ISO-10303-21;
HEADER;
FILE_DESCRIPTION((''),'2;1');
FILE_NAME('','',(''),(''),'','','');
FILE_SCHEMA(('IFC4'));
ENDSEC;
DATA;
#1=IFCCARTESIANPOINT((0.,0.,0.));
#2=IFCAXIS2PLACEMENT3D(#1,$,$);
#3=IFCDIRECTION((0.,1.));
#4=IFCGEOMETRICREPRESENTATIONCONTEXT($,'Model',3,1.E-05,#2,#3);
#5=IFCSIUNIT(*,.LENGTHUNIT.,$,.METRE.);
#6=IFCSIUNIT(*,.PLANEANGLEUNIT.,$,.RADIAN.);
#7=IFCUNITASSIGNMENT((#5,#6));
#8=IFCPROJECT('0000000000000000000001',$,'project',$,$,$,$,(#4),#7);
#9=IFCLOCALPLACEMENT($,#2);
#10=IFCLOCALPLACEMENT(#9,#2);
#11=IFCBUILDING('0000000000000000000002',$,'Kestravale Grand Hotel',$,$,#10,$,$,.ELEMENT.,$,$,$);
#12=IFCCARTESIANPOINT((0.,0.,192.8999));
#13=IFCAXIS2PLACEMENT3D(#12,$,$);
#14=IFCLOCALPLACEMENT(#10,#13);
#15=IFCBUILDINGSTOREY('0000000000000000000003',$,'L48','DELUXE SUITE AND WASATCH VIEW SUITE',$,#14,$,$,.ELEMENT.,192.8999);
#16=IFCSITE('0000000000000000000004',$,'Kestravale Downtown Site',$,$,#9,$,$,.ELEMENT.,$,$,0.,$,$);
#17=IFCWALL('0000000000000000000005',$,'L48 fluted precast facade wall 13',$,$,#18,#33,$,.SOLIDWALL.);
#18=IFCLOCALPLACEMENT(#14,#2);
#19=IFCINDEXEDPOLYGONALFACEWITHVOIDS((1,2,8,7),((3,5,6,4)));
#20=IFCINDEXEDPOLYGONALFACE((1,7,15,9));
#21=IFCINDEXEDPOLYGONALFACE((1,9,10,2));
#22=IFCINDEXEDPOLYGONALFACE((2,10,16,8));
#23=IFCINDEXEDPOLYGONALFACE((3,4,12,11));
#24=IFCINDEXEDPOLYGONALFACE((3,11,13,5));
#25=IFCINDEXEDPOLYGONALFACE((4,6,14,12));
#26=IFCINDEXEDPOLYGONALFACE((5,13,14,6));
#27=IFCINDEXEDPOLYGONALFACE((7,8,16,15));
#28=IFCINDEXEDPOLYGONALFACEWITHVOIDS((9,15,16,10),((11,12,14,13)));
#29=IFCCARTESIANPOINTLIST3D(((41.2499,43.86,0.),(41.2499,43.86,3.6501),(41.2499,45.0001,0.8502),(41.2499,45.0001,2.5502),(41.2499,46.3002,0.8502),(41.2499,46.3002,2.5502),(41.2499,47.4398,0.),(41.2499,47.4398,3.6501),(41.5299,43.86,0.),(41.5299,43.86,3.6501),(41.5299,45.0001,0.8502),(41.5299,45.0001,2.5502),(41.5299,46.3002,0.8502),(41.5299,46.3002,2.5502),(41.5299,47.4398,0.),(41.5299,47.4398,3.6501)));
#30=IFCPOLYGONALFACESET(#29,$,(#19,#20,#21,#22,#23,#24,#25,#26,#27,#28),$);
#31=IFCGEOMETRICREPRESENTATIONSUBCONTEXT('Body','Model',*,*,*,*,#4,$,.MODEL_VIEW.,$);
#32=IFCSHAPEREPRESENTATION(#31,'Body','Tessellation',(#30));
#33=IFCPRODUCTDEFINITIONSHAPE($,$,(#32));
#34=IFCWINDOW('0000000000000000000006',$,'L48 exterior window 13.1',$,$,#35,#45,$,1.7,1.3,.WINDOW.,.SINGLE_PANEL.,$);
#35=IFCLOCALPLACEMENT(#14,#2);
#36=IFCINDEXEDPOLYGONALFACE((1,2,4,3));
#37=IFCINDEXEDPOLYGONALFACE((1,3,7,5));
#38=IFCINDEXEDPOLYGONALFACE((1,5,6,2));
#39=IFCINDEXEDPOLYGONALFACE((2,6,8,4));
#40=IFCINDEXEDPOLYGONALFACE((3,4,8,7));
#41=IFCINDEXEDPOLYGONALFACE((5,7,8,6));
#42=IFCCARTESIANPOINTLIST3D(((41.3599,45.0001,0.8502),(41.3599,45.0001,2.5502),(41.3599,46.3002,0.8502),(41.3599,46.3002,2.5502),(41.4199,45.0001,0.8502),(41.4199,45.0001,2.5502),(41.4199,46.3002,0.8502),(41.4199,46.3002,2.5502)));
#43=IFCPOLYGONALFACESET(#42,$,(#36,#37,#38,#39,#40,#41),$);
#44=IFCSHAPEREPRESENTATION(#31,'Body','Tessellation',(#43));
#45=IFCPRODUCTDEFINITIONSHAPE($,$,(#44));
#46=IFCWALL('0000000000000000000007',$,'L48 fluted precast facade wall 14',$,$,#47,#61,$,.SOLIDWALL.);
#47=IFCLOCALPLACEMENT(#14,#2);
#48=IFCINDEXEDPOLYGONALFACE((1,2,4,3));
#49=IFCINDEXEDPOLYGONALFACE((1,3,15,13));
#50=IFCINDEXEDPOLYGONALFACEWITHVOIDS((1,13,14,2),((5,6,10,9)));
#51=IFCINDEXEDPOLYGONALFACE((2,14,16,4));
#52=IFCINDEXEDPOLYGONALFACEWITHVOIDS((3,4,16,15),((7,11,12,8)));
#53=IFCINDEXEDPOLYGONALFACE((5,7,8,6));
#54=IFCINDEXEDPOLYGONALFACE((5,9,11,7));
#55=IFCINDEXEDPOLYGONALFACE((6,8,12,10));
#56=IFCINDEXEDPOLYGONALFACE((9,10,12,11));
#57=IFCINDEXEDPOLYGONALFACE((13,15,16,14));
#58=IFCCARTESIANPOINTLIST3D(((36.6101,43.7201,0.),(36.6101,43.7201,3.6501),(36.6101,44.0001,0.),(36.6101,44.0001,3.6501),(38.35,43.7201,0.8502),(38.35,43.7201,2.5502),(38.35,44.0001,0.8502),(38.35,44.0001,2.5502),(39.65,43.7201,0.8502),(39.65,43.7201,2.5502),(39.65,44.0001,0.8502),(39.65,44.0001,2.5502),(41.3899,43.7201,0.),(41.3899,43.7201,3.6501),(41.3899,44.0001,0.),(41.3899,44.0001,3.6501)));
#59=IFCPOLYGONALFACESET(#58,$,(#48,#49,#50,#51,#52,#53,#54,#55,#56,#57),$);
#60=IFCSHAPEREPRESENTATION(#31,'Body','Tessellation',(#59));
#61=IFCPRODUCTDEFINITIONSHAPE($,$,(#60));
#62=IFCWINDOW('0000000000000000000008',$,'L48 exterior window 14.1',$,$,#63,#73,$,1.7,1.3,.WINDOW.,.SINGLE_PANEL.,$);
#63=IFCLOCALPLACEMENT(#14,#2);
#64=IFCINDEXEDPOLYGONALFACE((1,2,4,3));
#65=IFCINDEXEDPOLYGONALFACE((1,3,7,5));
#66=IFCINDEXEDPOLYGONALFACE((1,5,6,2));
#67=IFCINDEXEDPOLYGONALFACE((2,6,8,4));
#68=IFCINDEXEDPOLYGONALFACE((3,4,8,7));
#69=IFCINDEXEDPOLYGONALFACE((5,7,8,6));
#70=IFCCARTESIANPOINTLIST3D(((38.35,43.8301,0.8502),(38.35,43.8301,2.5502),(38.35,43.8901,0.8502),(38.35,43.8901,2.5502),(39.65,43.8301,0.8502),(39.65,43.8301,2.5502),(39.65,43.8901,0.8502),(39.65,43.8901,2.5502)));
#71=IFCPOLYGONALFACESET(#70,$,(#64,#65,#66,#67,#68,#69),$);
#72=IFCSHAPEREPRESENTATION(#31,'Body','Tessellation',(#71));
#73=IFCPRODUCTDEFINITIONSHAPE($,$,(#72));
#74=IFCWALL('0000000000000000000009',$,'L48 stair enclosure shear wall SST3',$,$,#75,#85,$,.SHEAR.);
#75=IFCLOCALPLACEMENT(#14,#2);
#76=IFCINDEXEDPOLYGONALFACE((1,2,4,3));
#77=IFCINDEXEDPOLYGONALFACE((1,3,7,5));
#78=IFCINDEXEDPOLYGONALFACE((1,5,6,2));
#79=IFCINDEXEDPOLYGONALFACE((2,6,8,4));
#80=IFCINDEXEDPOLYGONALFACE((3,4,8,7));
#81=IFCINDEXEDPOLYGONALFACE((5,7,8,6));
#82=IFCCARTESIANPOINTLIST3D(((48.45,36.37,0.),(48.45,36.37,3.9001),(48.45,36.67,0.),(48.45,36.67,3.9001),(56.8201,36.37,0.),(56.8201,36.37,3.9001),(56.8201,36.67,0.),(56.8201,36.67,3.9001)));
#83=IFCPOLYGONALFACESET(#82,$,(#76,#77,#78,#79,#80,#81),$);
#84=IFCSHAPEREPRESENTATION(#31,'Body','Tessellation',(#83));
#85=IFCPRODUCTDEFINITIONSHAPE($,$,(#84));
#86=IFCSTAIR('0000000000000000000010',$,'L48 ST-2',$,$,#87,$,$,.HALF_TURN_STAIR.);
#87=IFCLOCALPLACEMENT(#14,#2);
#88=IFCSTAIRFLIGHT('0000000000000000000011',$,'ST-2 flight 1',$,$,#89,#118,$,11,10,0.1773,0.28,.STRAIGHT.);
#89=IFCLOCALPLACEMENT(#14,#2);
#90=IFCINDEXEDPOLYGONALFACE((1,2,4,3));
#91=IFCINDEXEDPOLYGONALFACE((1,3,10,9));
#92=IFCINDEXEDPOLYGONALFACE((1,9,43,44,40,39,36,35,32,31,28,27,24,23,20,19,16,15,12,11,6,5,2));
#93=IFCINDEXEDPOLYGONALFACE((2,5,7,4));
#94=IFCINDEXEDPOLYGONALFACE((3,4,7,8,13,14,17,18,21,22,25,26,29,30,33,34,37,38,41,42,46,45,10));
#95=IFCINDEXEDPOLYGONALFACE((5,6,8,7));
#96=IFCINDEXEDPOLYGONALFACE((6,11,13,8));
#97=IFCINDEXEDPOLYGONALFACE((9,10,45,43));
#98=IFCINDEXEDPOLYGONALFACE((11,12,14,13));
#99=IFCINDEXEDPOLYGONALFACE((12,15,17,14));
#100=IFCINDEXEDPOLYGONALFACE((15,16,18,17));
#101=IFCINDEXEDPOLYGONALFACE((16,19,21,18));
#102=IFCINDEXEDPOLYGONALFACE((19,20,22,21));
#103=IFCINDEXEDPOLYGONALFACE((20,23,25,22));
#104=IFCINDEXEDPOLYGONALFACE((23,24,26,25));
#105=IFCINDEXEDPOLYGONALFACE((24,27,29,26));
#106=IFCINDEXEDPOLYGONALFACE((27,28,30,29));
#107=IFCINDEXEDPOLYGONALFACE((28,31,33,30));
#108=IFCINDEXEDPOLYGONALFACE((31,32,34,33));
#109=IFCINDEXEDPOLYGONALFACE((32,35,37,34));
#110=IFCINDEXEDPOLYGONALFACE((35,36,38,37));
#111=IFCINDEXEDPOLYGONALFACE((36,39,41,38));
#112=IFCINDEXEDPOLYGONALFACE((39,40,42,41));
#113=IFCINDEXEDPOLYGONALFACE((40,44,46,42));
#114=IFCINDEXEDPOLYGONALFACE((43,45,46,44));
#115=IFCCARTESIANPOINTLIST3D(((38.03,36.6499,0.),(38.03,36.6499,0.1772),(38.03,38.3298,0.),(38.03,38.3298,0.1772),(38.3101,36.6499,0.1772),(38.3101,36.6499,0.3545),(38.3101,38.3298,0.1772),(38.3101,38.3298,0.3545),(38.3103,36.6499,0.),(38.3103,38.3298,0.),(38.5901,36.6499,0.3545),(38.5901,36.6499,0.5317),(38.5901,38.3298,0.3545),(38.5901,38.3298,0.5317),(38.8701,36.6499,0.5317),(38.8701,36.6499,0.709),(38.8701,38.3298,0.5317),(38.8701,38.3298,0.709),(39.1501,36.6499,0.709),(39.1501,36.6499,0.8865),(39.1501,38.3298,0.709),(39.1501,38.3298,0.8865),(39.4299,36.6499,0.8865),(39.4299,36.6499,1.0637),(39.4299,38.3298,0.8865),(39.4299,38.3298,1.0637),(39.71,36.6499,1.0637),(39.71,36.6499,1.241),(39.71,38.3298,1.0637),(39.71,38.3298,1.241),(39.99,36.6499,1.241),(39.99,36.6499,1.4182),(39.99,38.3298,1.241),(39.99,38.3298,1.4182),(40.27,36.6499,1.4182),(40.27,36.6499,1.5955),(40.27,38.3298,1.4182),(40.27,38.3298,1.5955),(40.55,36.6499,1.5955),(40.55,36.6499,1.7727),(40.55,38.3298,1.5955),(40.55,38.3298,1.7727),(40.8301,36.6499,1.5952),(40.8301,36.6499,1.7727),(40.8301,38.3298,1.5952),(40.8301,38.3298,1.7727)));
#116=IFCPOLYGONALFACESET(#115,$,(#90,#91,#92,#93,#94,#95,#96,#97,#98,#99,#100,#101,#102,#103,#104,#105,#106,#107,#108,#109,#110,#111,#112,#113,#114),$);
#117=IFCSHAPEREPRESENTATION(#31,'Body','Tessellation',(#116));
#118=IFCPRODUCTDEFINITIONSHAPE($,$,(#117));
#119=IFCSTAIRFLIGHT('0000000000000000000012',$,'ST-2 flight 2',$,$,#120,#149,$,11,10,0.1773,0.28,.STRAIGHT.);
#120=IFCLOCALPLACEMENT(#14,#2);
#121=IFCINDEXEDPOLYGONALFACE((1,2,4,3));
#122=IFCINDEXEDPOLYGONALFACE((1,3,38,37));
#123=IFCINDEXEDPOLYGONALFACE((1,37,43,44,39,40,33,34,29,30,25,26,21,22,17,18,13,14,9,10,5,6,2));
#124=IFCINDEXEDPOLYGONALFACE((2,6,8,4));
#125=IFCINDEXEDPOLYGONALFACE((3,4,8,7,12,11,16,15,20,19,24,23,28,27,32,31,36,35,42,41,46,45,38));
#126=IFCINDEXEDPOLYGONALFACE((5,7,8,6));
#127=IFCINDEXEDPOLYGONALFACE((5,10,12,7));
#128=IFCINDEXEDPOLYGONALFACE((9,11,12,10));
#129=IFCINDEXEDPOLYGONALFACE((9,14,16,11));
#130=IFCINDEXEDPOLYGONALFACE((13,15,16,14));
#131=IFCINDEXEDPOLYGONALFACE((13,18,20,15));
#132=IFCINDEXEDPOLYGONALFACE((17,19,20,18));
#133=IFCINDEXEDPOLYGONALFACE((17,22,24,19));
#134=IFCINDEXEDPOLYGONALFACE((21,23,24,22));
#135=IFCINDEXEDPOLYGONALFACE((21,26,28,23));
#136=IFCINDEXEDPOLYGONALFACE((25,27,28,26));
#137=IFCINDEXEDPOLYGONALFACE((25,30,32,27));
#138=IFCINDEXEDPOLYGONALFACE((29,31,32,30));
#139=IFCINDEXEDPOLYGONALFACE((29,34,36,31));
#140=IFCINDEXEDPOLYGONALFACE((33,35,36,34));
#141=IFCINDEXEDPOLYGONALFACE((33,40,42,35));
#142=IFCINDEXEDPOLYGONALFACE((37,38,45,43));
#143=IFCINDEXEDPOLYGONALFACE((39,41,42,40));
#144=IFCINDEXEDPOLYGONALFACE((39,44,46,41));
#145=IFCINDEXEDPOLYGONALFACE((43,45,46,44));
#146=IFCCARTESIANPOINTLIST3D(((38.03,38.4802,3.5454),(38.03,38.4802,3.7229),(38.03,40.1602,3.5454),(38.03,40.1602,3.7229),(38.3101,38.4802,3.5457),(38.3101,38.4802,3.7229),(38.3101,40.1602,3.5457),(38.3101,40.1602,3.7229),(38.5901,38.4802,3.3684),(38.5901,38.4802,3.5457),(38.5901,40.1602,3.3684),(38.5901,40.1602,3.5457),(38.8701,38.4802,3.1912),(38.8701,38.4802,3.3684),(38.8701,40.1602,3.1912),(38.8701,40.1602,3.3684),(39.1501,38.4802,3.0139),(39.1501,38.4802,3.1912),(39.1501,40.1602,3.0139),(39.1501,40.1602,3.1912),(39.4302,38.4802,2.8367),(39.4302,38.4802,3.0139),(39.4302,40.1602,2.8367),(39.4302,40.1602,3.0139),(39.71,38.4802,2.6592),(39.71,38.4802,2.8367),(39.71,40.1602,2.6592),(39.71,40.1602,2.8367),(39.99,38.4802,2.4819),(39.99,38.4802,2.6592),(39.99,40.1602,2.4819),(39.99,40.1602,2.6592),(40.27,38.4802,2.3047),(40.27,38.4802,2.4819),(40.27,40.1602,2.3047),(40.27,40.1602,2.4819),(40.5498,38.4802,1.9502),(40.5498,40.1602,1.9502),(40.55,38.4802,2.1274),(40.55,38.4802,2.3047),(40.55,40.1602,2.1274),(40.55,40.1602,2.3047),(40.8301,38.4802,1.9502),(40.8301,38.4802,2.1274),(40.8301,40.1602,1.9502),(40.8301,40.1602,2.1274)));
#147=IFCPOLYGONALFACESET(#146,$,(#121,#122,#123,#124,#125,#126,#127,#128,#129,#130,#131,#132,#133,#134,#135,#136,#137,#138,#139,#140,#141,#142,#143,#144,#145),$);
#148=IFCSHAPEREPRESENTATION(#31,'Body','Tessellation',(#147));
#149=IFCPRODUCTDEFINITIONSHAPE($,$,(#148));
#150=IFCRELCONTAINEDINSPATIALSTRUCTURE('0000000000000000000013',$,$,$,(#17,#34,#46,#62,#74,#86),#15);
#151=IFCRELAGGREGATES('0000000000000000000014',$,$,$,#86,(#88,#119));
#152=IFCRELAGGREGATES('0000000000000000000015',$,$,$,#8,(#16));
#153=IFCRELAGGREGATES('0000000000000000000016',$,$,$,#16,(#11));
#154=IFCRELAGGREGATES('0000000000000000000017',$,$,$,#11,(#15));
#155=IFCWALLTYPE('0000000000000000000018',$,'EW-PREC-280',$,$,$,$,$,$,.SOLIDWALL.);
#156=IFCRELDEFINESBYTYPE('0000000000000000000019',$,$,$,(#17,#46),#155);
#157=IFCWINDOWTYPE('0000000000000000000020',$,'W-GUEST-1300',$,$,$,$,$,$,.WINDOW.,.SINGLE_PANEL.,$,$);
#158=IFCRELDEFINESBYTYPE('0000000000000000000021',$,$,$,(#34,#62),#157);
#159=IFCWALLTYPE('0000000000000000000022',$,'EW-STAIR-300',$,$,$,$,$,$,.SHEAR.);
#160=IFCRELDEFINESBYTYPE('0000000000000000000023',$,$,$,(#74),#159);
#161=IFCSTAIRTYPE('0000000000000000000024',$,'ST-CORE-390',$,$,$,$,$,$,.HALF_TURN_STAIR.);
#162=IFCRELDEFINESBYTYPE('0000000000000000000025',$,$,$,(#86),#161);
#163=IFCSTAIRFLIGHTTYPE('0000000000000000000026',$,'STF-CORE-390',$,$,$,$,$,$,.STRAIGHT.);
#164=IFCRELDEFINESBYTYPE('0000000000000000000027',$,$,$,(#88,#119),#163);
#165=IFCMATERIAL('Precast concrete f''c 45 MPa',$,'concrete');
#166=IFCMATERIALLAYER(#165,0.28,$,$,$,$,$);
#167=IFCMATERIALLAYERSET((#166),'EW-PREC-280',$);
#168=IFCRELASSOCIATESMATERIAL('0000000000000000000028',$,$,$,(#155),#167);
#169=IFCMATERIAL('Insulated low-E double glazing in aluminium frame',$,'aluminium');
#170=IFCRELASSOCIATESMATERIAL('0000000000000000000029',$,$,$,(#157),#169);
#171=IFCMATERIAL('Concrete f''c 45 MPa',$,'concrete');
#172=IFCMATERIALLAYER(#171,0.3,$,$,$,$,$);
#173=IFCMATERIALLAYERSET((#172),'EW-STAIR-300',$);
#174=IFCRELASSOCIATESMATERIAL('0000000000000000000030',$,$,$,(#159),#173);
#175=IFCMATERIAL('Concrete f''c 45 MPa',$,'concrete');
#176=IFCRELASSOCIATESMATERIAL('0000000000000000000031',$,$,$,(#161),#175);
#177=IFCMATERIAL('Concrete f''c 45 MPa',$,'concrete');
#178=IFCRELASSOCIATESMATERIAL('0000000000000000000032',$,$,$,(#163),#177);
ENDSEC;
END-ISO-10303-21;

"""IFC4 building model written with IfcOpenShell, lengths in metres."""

from ifc_helpers import new_model, si_unit, direction, frame, frame_2d, origin, place, context, subcontext, project, spatial, polyline, rectangle, outline, extrude, material, layer, layer_set, type_object, element, fill, aggregate, save


model = new_model("IFC4")

# Units and contexts
model_context = context("Model", 3, precision=1e-05, world=origin(), true_north=direction((0.0, 1.0)))
body_context = subcontext(model_context, "Body", "Model", "MODEL_VIEW")
ifc_project = project(units=[si_unit("LENGTHUNIT", "METRE"), si_unit("PLANEANGLEUNIT", "RADIAN")], contexts=[model_context])

# Site, building, storey
site_placement = place(None, origin())
site = spatial("IfcSite", under=ifc_project, at=site_placement, Name="Kestravale Downtown Site", CompositionType="ELEMENT", RefElevation=0.0)
building_placement = place(site_placement, origin())
building = spatial("IfcBuilding", under=site, at=building_placement, Name="Kestravale Grand Hotel", CompositionType="ELEMENT")
storey_placement = place(building_placement, frame((0.0, 0.0, 192.8999)))
storey = spatial("IfcBuildingStorey", under=building, at=storey_placement, Name="L48", Description="DELUXE SUITE AND WASATCH VIEW SUITE", CompositionType="ELEMENT", Elevation=192.8999)

# Shared definitions
ifc_material_1 = material(Name="Precast concrete f'c 45 MPa", Category="concrete")
ifc_layer_1 = layer(ifc_material_1, 0.28)
ifc_layer_set_1 = layer_set([ifc_layer_1], Name="EW-PREC-280")
wall_type_1 = type_object("IfcWallType", Name="EW-PREC-280", PredefinedType="SOLIDWALL", material=ifc_layer_set_1)

# Walls, openings, windows
wall_1_placement = place(storey_placement, frame((41.3899, 47.4399, 0.0), z_axis=(0.0, 0.0, 1.0), x_axis=(0.0, -1.0, 0.0)))
wall_1 = element("IfcWall", 1, at=wall_1_placement, inside=storey, type_object=wall_type_1, Name="L48 fluted precast facade wall 13", PredefinedType="SOLIDWALL", context=body_context, shape_type="SweptSolid", body=[
    extrude(rectangle(XDim=3.5798, YDim=0.28, at=frame_2d((1.79, 0.0))), origin(), (0.0, 0.0, 1.0), 3.6501),
])
opening_1_placement = place(wall_1_placement, frame((1.1399, 0.0, 0.8501)))
opening_1 = element("IfcOpeningElement", 2, at=opening_1_placement, cuts=wall_1, PredefinedType="OPENING", context=body_context, shape_type="SweptSolid", body=[
    extrude(rectangle(XDim=1.3, YDim=1.7, at=frame_2d((0.6499, 0.8501))), frame((0.0, 0.1499, 0.0), z_axis=(0.0, -1.0, 0.0), x_axis=(1.0, 0.0, 0.0)), (0.0, 0.0, 1.0), 0.3),
])
ifc_material_2 = material(Name="Insulated low-E double glazing in aluminium frame", Category="aluminium")
window_type = type_object("IfcWindowType", Name="W-GUEST-1300", PartitioningType="SINGLE_PANEL", PredefinedType="WINDOW", material=ifc_material_2)
window_1_placement = place(opening_1_placement, origin())
window_1 = element("IfcWindow", 3, at=window_1_placement, inside=storey, type_object=window_type, Name="L48 exterior window 13.1", OverallHeight=1.7, OverallWidth=1.3, PartitioningType="SINGLE_PANEL", PredefinedType="WINDOW", context=body_context, shape_type="SweptSolid", body=[
    extrude(rectangle(XDim=1.3, YDim=1.7, at=frame_2d((0.6499, 0.8501))), frame((0.0, 0.03, 0.0), z_axis=(0.0, -1.0, 0.0), x_axis=(1.0, 0.0, 0.0)), (0.0, 0.0, 1.0), 0.0601),
])
fill(opening_1, window_1)
wall_2_placement = place(storey_placement, frame((41.3899, 43.8601, 0.0), z_axis=(0.0, 0.0, 1.0), x_axis=(-1.0, 0.0, 0.0)))
wall_2 = element("IfcWall", 4, at=wall_2_placement, inside=storey, type_object=wall_type_1, Name="L48 fluted precast facade wall 14", PredefinedType="SOLIDWALL", context=body_context, shape_type="SweptSolid", body=[
    extrude(rectangle(XDim=4.7798, YDim=0.28, at=frame_2d((2.3899, 0.0))), origin(), (0.0, 0.0, 1.0), 3.6501),
])
opening_2_placement = place(wall_2_placement, frame((1.74, 0.0, 0.8501)))
opening_2 = element("IfcOpeningElement", 5, at=opening_2_placement, cuts=wall_2, PredefinedType="OPENING", context=body_context, shape_type="SweptSolid", body=[
    extrude(rectangle(XDim=1.3, YDim=1.7, at=frame_2d((0.6499, 0.8501))), frame((0.0, 0.1499, 0.0), z_axis=(0.0, -1.0, 0.0), x_axis=(1.0, 0.0, 0.0)), (0.0, 0.0, 1.0), 0.3),
])
window_2_placement = place(opening_2_placement, origin())
window_2 = element("IfcWindow", 6, at=window_2_placement, inside=storey, type_object=window_type, Name="L48 exterior window 14.1", OverallHeight=1.7, OverallWidth=1.3, PartitioningType="SINGLE_PANEL", PredefinedType="WINDOW", context=body_context, shape_type="SweptSolid", body=[
    extrude(rectangle(XDim=1.3, YDim=1.7, at=frame_2d((0.6499, 0.8501))), frame((0.0, 0.03, 0.0), z_axis=(0.0, -1.0, 0.0), x_axis=(1.0, 0.0, 0.0)), (0.0, 0.0, 1.0), 0.0601),
])
fill(opening_2, window_2)

# Wall
ifc_material_3 = material(Name="Concrete f'c 45 MPa", Category="concrete")
ifc_layer_2 = layer(ifc_material_3, 0.3)
ifc_layer_set_2 = layer_set([ifc_layer_2], Name="EW-STAIR-300")
wall_type_2 = type_object("IfcWallType", Name="EW-STAIR-300", PredefinedType="SHEAR", material=ifc_layer_set_2)
wall_3_placement = place(storey_placement, frame((48.45, 36.52, 0.0), z_axis=(0.0, 0.0, 1.0), x_axis=(1.0, 0.0, 0.0)))
element("IfcWall", 7, at=wall_3_placement, inside=storey, type_object=wall_type_2, Name="L48 stair enclosure shear wall SST3", PredefinedType="SHEAR", context=body_context, shape_type="SweptSolid", body=[
    extrude(rectangle(XDim=8.3701, YDim=0.3, at=frame_2d((4.1851, 0.0))), origin(), (0.0, 0.0, 1.0), 3.9001),
])

# Stair, stair flights
ifc_material_4 = material(Name="Concrete f'c 45 MPa", Category="concrete")
stair_type = type_object("IfcStairType", Name="ST-CORE-390", PredefinedType="HALF_TURN_STAIR", material=ifc_material_4)
stair_placement = place(storey_placement, origin())
stair = element("IfcStair", 8, at=stair_placement, inside=storey, type_object=stair_type, Name="L48 ST-2", PredefinedType="HALF_TURN_STAIR")
ifc_material_5 = material(Name="Concrete f'c 45 MPa", Category="concrete")
stair_flight_type = type_object("IfcStairFlightType", Name="STF-CORE-390", PredefinedType="STRAIGHT", material=ifc_material_5)
stair_flight_1_placement = place(storey_placement, frame((38.03, 37.49, 0.0), z_axis=(0.0, 0.0, 1.0), x_axis=(1.0, 0.0, 0.0)))
stair_flight_1 = element("IfcStairFlight", 9, at=stair_flight_1_placement, type_object=stair_flight_type, Name="ST-2 flight 1", NumberOfRisers=11, NumberOfTreads=10, PredefinedType="STRAIGHT", RiserHeight=0.1773, TreadLength=0.28, context=body_context, shape_type="SweptSolid", body=[
    extrude(outline(polyline([(0.0, 0.0), (0.0, 0.1772), (0.28, 0.1772), (0.28, 0.3545), (0.5601, 0.3545), (0.5601, 0.5317), (0.8401, 0.5317), (0.8401, 0.709), (1.1201, 0.709), (1.1201, 0.8865), (1.3999, 0.8865), (1.3999, 1.0637), (1.6799, 1.0637), (1.6799, 1.241), (1.96, 1.241), (1.96, 1.4182), (2.24, 1.4182), (2.24, 1.5955), (2.52, 1.5955), (2.52, 1.7727), (2.8, 1.7727), (2.8, 1.95), (2.8, 1.5952), (0.2803, 0.0), (0.0, 0.0)])), frame((0.0, 0.8398, 0.0), z_axis=(0.0, -1.0, 0.0), x_axis=(1.0, 0.0, 0.0)), (0.0, 0.0, 1.0), 1.6799),
])
stair_flight_2_placement = place(storey_placement, frame((40.8301, 39.3201, 1.9502), z_axis=(0.0, 0.0, 1.0), x_axis=(-1.0, 0.0, 0.0)))
stair_flight_2 = element("IfcStairFlight", 10, at=stair_flight_2_placement, type_object=stair_flight_type, Name="ST-2 flight 2", NumberOfRisers=11, NumberOfTreads=10, PredefinedType="STRAIGHT", RiserHeight=0.1773, TreadLength=0.28, context=body_context, shape_type="SweptSolid", body=[
    extrude(outline(polyline([(0.0, 0.0), (0.0, 0.1772), (0.28, 0.1772), (0.28, 0.3545), (0.5601, 0.3545), (0.5601, 0.5317), (0.8401, 0.5317), (0.8401, 0.709), (1.1201, 0.709), (1.1201, 0.8865), (1.3999, 0.8865), (1.3999, 1.0637), (1.6799, 1.0637), (1.6799, 1.241), (1.96, 1.241), (1.96, 1.4182), (2.24, 1.4182), (2.24, 1.5955), (2.52, 1.5955), (2.52, 1.7727), (2.8, 1.7727), (2.8, 1.95), (2.8, 1.5952), (0.2803, 0.0), (0.0, 0.0)])), frame((0.0, 0.8398, 0.0), z_axis=(0.0, -1.0, 0.0), x_axis=(1.0, 0.0, 0.0)), (0.0, 0.0, 1.0), 1.6799),
])
aggregate(stair, [stair_flight_1, stair_flight_2])

save(model, "model.ifc")
